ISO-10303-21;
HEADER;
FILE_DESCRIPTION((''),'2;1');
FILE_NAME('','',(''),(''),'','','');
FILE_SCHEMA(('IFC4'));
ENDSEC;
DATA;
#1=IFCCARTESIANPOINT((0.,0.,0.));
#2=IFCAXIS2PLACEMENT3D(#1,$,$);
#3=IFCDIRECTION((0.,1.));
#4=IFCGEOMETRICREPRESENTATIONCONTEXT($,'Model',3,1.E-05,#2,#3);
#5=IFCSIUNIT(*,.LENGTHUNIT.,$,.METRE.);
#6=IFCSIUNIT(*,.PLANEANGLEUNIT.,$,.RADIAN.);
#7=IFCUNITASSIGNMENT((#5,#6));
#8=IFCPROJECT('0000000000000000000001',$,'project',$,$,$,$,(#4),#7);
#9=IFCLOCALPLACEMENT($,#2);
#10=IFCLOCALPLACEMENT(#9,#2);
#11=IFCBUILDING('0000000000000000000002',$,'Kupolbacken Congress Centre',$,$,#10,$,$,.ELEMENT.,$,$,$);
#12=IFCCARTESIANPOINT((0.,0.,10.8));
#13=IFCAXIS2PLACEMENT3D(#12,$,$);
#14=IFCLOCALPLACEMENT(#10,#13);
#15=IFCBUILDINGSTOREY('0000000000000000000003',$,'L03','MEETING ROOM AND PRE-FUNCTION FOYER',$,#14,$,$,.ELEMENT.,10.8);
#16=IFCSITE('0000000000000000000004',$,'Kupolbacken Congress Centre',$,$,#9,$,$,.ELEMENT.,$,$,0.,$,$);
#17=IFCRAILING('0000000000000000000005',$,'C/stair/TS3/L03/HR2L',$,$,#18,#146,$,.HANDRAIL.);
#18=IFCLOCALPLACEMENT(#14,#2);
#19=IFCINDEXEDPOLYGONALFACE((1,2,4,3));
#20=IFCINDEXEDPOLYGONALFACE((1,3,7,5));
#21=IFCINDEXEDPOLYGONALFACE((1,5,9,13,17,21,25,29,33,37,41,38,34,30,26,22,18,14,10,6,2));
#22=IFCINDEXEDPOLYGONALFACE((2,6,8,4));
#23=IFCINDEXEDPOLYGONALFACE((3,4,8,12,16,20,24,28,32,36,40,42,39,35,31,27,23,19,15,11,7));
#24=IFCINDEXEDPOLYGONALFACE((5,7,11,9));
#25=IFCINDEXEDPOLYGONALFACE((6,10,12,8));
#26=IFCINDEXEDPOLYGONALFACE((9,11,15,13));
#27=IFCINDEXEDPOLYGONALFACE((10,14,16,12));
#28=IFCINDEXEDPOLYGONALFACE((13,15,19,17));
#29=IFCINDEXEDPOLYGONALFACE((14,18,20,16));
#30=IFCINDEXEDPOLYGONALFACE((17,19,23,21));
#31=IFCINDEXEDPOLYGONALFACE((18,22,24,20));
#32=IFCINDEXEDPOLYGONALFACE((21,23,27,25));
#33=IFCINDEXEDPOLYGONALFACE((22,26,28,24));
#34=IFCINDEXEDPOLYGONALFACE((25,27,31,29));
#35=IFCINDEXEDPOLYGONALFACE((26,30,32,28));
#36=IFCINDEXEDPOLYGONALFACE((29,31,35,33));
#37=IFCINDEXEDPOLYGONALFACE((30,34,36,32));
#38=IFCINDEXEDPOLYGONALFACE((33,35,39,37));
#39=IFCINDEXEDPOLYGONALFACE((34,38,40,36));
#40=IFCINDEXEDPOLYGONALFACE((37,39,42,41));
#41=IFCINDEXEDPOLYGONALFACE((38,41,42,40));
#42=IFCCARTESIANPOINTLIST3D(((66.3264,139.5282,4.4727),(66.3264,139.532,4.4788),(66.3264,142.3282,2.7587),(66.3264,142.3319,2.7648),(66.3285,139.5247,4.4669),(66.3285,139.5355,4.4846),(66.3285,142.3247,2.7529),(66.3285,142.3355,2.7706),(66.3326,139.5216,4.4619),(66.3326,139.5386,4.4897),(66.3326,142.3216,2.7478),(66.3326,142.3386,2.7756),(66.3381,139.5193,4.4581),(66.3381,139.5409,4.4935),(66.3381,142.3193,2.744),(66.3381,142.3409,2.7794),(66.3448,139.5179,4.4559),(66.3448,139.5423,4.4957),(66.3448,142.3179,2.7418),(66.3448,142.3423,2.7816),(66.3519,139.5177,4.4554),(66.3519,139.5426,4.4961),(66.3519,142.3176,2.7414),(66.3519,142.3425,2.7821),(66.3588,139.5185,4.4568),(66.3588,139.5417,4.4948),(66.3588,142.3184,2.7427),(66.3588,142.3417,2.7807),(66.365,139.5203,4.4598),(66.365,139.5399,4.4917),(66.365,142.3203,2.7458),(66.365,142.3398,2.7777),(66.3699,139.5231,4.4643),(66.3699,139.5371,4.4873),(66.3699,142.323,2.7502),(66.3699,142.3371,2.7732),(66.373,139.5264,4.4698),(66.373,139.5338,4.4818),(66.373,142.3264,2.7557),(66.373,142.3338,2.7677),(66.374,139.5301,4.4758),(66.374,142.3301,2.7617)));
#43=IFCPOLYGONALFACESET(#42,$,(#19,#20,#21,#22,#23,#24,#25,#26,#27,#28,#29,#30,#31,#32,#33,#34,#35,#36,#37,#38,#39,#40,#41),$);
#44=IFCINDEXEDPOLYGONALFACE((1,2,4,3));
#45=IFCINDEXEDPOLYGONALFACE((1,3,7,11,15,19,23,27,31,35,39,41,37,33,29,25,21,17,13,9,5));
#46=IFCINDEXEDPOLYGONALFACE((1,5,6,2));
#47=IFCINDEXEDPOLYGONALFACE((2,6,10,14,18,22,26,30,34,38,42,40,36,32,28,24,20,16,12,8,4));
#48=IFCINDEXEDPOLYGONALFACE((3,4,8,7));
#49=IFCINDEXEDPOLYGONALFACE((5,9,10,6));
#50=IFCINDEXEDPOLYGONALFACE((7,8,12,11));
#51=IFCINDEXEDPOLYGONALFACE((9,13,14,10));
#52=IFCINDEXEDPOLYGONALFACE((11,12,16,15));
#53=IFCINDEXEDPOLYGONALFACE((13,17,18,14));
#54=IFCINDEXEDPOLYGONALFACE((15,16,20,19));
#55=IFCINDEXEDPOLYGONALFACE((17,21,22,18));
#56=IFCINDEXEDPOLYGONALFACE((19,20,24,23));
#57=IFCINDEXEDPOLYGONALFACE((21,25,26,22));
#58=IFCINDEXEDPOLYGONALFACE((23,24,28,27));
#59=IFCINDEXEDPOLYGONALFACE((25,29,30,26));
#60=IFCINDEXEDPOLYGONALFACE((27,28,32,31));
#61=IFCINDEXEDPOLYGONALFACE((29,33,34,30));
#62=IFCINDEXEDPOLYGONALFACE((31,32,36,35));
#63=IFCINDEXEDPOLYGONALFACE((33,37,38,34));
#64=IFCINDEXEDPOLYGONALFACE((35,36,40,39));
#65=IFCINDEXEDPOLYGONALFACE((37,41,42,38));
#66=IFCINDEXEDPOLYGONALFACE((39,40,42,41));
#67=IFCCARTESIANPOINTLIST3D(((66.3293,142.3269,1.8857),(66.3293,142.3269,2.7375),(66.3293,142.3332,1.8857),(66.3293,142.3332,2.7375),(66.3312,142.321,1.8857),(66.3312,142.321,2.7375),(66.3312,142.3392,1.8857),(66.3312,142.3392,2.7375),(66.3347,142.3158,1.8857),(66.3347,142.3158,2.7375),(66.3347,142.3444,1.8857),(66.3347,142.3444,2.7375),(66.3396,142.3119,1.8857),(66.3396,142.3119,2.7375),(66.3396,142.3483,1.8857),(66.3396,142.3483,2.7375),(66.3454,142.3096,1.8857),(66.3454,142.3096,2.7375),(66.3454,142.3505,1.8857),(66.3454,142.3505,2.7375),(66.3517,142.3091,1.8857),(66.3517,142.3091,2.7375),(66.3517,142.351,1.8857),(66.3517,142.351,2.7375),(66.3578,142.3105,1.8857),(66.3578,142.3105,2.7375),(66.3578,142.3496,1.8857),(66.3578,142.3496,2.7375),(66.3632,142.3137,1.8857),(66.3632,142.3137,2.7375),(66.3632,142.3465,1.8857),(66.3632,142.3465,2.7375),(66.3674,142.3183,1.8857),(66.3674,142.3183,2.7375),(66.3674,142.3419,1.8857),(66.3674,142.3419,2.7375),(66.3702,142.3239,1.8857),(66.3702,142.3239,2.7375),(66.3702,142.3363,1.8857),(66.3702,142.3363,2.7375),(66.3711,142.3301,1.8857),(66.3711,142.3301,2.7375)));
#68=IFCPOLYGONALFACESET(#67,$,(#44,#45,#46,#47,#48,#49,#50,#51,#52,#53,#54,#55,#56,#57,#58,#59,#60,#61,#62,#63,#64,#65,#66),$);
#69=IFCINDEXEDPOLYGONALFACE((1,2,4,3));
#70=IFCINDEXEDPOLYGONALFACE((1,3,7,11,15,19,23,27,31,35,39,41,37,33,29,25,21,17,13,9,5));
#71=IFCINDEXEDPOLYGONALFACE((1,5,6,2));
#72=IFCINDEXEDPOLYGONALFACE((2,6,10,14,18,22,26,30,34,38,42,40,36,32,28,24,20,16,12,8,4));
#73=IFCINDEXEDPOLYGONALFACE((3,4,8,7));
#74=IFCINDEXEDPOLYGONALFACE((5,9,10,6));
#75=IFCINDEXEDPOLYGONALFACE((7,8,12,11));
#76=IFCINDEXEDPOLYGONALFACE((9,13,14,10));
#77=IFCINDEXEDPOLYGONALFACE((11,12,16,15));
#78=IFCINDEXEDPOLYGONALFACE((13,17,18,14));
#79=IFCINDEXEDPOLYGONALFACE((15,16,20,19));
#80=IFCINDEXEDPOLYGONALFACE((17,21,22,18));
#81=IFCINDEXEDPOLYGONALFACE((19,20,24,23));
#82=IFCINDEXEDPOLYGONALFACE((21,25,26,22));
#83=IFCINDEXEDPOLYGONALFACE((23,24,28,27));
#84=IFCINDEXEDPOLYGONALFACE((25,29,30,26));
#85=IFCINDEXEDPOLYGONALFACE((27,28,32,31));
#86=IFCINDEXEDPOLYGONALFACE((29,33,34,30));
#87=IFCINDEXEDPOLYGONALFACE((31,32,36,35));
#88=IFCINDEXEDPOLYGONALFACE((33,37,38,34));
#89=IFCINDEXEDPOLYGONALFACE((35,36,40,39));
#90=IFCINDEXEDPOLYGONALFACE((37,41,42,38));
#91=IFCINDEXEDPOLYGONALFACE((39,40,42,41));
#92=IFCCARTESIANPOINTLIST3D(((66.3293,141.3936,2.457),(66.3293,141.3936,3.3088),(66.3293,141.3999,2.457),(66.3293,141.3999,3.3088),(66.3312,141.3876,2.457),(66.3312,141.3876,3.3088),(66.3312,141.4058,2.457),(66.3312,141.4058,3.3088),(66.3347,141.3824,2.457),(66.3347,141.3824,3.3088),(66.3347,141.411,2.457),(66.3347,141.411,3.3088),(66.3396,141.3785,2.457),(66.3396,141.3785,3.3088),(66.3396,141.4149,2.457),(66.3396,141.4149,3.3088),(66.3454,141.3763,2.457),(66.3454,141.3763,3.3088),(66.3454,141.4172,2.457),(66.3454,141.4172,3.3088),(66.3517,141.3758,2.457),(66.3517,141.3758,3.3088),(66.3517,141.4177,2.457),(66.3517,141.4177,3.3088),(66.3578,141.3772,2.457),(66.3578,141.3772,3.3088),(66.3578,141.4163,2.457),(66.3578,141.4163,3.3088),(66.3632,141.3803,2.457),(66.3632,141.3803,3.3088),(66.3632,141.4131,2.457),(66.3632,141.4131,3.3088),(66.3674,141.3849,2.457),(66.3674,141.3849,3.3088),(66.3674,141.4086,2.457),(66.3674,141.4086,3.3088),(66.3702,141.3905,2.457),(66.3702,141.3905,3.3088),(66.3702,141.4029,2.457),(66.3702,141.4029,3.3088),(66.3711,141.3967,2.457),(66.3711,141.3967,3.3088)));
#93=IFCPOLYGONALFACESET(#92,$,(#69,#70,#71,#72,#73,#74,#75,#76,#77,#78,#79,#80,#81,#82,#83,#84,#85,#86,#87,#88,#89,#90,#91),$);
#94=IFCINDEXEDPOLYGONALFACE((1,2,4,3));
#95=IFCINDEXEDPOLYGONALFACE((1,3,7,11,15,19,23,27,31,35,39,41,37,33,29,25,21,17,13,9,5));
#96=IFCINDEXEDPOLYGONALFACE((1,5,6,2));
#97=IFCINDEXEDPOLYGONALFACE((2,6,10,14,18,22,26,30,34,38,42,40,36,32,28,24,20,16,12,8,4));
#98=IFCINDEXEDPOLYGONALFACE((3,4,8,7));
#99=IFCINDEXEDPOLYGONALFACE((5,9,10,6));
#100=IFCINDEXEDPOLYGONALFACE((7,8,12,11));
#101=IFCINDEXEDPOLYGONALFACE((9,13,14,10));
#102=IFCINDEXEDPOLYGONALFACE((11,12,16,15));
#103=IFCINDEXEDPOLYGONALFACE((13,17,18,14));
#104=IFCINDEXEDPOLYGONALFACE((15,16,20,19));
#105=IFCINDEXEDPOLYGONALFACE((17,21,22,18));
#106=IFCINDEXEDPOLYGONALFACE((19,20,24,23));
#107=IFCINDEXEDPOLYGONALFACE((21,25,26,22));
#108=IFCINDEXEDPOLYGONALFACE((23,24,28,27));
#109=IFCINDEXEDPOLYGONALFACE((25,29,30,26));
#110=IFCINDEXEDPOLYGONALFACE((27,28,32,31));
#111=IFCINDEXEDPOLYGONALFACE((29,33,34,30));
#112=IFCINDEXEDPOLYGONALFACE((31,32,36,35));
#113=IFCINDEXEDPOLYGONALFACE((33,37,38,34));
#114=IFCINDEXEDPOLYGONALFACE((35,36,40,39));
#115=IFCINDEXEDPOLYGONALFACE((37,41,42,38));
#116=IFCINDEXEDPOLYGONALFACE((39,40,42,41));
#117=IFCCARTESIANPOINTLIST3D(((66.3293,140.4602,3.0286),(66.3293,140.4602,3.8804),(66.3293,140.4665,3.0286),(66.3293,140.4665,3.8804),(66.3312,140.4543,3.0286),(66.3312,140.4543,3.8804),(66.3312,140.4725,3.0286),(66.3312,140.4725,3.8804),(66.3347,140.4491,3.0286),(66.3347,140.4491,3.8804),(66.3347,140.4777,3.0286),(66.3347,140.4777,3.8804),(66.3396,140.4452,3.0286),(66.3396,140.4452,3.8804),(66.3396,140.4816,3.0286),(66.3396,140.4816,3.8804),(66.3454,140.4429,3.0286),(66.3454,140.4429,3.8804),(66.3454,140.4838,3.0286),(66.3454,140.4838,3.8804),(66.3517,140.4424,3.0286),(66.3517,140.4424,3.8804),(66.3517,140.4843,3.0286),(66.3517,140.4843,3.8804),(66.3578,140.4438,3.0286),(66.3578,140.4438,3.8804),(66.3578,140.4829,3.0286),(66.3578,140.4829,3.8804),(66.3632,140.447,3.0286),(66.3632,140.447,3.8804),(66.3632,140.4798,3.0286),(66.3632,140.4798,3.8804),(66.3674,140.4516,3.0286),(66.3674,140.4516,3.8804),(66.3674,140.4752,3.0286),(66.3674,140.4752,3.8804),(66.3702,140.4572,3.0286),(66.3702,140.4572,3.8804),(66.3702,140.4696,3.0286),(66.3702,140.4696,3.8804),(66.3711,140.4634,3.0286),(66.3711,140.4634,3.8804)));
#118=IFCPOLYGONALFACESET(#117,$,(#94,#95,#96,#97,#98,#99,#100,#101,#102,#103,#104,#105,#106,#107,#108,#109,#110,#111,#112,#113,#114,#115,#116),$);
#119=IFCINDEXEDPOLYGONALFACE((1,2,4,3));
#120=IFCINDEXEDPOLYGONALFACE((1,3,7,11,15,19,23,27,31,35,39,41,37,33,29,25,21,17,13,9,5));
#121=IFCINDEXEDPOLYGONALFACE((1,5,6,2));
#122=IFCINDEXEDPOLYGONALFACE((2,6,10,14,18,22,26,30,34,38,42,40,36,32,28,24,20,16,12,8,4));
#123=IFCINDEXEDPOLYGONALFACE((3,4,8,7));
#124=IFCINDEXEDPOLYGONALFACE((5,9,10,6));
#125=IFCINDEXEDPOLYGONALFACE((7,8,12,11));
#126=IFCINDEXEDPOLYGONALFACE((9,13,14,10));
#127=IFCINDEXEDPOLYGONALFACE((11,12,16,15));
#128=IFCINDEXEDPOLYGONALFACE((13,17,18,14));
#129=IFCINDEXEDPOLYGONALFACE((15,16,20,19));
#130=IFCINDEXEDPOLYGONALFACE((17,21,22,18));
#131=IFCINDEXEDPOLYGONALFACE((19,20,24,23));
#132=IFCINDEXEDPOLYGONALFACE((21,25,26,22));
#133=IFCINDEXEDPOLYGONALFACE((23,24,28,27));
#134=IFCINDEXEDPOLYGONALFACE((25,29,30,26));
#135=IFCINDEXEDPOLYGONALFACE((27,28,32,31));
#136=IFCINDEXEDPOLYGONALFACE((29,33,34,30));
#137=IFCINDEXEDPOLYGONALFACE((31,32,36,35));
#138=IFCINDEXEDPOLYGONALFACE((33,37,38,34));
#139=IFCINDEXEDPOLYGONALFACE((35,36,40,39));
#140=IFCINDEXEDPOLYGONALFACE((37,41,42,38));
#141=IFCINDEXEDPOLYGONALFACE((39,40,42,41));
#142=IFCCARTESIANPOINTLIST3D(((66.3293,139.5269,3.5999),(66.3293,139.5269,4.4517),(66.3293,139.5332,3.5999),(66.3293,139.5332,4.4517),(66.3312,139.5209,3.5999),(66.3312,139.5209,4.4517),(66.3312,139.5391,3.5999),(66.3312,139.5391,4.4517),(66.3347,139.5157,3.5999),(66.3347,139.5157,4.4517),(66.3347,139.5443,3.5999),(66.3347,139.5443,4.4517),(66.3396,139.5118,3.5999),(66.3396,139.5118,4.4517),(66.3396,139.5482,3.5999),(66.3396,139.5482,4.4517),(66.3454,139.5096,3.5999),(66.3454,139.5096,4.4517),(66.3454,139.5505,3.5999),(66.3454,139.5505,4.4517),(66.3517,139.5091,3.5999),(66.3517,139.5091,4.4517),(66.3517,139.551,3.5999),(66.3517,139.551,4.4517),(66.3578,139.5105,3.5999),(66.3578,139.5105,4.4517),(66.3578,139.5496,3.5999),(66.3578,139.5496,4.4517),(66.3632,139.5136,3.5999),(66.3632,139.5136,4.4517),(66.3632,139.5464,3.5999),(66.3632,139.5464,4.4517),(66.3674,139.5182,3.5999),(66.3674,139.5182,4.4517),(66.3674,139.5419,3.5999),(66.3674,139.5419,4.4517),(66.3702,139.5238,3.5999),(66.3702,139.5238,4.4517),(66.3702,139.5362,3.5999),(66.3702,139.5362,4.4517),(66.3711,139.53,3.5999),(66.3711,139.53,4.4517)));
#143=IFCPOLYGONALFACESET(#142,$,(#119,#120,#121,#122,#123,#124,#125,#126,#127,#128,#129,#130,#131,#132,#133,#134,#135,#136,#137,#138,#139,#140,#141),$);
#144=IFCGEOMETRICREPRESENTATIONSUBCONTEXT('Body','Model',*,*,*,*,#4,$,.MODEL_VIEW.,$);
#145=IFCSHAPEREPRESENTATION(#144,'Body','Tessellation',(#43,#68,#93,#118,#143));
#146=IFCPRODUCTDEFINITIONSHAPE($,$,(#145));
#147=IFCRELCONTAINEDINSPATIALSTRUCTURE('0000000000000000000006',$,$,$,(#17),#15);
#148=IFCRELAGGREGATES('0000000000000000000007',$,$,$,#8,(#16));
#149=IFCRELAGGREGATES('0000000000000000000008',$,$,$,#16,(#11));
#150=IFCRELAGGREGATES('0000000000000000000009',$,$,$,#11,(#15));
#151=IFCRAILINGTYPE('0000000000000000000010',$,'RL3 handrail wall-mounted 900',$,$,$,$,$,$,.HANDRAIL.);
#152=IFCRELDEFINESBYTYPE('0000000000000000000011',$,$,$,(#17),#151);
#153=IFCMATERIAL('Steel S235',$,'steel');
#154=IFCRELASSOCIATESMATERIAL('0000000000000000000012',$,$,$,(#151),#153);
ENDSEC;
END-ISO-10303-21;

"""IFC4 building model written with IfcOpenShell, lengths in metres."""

from ifc_helpers import new_model, si_unit, direction, frame, origin, origin_2d, place, context, subcontext, project, spatial, circle, extrude, material, type_object, element, save


model = new_model("IFC4")

# Units and contexts
model_context = context("Model", 3, precision=1e-05, world=origin(), true_north=direction((0.0, 1.0)))
body_context = subcontext(model_context, "Body", "Model", "MODEL_VIEW")
ifc_project = project(units=[si_unit("LENGTHUNIT", "METRE"), si_unit("PLANEANGLEUNIT", "RADIAN")], contexts=[model_context])

# Site, building, storey
site_placement = place(None, origin())
site = spatial("IfcSite", under=ifc_project, at=site_placement, Name="Kupolbacken Congress Centre", CompositionType="ELEMENT", RefElevation=0.0)
building_placement = place(site_placement, origin())
building = spatial("IfcBuilding", under=site, at=building_placement, Name="Kupolbacken Congress Centre", CompositionType="ELEMENT")
storey_placement = place(building_placement, frame((0.0, 0.0, 10.8)))
storey = spatial("IfcBuildingStorey", under=building, at=storey_placement, Name="L03", Description="MEETING ROOM AND PRE-FUNCTION FOYER", CompositionType="ELEMENT", Elevation=10.8)

# Railing
ifc_material_1 = material(Name="Steel S235", Category="steel")
railing_type = type_object("IfcRailingType", Name="RL3 handrail wall-mounted 900", PredefinedType="HANDRAIL", material=ifc_material_1)
railing_placement = place(storey_placement, frame((66.3501, 142.3301, 1.8857)))
element("IfcRailing", 1, at=railing_placement, inside=storey, type_object=railing_type, Name="C/stair/TS3/L03/HR2L", PredefinedType="HANDRAIL", context=body_context, shape_type="SweptSolid", body=[
    extrude(circle(Radius=0.0239, at=origin_2d()), frame((0.0, 0.0, 0.876), z_axis=(0.0, -0.852879, 0.522109), x_axis=(1.0, 0.0, 0.0)), (0.0, 0.0, 1.0), 3.283),
    extrude(circle(Radius=0.021, at=origin_2d()), origin(), (0.0, 0.0, 1.0), 0.8518),
    extrude(circle(Radius=0.021, at=origin_2d()), frame((0.0, -0.9333, 0.5713)), (0.0, 0.0, 1.0), 0.8518),
    extrude(circle(Radius=0.021, at=origin_2d()), frame((0.0, -1.8667, 1.1428)), (0.0, 0.0, 1.0), 0.8518),
    extrude(circle(Radius=0.021, at=origin_2d()), frame((0.0, -2.8, 1.7141)), (0.0, 0.0, 1.0), 0.8518),
])

save(model, "model.ifc")
